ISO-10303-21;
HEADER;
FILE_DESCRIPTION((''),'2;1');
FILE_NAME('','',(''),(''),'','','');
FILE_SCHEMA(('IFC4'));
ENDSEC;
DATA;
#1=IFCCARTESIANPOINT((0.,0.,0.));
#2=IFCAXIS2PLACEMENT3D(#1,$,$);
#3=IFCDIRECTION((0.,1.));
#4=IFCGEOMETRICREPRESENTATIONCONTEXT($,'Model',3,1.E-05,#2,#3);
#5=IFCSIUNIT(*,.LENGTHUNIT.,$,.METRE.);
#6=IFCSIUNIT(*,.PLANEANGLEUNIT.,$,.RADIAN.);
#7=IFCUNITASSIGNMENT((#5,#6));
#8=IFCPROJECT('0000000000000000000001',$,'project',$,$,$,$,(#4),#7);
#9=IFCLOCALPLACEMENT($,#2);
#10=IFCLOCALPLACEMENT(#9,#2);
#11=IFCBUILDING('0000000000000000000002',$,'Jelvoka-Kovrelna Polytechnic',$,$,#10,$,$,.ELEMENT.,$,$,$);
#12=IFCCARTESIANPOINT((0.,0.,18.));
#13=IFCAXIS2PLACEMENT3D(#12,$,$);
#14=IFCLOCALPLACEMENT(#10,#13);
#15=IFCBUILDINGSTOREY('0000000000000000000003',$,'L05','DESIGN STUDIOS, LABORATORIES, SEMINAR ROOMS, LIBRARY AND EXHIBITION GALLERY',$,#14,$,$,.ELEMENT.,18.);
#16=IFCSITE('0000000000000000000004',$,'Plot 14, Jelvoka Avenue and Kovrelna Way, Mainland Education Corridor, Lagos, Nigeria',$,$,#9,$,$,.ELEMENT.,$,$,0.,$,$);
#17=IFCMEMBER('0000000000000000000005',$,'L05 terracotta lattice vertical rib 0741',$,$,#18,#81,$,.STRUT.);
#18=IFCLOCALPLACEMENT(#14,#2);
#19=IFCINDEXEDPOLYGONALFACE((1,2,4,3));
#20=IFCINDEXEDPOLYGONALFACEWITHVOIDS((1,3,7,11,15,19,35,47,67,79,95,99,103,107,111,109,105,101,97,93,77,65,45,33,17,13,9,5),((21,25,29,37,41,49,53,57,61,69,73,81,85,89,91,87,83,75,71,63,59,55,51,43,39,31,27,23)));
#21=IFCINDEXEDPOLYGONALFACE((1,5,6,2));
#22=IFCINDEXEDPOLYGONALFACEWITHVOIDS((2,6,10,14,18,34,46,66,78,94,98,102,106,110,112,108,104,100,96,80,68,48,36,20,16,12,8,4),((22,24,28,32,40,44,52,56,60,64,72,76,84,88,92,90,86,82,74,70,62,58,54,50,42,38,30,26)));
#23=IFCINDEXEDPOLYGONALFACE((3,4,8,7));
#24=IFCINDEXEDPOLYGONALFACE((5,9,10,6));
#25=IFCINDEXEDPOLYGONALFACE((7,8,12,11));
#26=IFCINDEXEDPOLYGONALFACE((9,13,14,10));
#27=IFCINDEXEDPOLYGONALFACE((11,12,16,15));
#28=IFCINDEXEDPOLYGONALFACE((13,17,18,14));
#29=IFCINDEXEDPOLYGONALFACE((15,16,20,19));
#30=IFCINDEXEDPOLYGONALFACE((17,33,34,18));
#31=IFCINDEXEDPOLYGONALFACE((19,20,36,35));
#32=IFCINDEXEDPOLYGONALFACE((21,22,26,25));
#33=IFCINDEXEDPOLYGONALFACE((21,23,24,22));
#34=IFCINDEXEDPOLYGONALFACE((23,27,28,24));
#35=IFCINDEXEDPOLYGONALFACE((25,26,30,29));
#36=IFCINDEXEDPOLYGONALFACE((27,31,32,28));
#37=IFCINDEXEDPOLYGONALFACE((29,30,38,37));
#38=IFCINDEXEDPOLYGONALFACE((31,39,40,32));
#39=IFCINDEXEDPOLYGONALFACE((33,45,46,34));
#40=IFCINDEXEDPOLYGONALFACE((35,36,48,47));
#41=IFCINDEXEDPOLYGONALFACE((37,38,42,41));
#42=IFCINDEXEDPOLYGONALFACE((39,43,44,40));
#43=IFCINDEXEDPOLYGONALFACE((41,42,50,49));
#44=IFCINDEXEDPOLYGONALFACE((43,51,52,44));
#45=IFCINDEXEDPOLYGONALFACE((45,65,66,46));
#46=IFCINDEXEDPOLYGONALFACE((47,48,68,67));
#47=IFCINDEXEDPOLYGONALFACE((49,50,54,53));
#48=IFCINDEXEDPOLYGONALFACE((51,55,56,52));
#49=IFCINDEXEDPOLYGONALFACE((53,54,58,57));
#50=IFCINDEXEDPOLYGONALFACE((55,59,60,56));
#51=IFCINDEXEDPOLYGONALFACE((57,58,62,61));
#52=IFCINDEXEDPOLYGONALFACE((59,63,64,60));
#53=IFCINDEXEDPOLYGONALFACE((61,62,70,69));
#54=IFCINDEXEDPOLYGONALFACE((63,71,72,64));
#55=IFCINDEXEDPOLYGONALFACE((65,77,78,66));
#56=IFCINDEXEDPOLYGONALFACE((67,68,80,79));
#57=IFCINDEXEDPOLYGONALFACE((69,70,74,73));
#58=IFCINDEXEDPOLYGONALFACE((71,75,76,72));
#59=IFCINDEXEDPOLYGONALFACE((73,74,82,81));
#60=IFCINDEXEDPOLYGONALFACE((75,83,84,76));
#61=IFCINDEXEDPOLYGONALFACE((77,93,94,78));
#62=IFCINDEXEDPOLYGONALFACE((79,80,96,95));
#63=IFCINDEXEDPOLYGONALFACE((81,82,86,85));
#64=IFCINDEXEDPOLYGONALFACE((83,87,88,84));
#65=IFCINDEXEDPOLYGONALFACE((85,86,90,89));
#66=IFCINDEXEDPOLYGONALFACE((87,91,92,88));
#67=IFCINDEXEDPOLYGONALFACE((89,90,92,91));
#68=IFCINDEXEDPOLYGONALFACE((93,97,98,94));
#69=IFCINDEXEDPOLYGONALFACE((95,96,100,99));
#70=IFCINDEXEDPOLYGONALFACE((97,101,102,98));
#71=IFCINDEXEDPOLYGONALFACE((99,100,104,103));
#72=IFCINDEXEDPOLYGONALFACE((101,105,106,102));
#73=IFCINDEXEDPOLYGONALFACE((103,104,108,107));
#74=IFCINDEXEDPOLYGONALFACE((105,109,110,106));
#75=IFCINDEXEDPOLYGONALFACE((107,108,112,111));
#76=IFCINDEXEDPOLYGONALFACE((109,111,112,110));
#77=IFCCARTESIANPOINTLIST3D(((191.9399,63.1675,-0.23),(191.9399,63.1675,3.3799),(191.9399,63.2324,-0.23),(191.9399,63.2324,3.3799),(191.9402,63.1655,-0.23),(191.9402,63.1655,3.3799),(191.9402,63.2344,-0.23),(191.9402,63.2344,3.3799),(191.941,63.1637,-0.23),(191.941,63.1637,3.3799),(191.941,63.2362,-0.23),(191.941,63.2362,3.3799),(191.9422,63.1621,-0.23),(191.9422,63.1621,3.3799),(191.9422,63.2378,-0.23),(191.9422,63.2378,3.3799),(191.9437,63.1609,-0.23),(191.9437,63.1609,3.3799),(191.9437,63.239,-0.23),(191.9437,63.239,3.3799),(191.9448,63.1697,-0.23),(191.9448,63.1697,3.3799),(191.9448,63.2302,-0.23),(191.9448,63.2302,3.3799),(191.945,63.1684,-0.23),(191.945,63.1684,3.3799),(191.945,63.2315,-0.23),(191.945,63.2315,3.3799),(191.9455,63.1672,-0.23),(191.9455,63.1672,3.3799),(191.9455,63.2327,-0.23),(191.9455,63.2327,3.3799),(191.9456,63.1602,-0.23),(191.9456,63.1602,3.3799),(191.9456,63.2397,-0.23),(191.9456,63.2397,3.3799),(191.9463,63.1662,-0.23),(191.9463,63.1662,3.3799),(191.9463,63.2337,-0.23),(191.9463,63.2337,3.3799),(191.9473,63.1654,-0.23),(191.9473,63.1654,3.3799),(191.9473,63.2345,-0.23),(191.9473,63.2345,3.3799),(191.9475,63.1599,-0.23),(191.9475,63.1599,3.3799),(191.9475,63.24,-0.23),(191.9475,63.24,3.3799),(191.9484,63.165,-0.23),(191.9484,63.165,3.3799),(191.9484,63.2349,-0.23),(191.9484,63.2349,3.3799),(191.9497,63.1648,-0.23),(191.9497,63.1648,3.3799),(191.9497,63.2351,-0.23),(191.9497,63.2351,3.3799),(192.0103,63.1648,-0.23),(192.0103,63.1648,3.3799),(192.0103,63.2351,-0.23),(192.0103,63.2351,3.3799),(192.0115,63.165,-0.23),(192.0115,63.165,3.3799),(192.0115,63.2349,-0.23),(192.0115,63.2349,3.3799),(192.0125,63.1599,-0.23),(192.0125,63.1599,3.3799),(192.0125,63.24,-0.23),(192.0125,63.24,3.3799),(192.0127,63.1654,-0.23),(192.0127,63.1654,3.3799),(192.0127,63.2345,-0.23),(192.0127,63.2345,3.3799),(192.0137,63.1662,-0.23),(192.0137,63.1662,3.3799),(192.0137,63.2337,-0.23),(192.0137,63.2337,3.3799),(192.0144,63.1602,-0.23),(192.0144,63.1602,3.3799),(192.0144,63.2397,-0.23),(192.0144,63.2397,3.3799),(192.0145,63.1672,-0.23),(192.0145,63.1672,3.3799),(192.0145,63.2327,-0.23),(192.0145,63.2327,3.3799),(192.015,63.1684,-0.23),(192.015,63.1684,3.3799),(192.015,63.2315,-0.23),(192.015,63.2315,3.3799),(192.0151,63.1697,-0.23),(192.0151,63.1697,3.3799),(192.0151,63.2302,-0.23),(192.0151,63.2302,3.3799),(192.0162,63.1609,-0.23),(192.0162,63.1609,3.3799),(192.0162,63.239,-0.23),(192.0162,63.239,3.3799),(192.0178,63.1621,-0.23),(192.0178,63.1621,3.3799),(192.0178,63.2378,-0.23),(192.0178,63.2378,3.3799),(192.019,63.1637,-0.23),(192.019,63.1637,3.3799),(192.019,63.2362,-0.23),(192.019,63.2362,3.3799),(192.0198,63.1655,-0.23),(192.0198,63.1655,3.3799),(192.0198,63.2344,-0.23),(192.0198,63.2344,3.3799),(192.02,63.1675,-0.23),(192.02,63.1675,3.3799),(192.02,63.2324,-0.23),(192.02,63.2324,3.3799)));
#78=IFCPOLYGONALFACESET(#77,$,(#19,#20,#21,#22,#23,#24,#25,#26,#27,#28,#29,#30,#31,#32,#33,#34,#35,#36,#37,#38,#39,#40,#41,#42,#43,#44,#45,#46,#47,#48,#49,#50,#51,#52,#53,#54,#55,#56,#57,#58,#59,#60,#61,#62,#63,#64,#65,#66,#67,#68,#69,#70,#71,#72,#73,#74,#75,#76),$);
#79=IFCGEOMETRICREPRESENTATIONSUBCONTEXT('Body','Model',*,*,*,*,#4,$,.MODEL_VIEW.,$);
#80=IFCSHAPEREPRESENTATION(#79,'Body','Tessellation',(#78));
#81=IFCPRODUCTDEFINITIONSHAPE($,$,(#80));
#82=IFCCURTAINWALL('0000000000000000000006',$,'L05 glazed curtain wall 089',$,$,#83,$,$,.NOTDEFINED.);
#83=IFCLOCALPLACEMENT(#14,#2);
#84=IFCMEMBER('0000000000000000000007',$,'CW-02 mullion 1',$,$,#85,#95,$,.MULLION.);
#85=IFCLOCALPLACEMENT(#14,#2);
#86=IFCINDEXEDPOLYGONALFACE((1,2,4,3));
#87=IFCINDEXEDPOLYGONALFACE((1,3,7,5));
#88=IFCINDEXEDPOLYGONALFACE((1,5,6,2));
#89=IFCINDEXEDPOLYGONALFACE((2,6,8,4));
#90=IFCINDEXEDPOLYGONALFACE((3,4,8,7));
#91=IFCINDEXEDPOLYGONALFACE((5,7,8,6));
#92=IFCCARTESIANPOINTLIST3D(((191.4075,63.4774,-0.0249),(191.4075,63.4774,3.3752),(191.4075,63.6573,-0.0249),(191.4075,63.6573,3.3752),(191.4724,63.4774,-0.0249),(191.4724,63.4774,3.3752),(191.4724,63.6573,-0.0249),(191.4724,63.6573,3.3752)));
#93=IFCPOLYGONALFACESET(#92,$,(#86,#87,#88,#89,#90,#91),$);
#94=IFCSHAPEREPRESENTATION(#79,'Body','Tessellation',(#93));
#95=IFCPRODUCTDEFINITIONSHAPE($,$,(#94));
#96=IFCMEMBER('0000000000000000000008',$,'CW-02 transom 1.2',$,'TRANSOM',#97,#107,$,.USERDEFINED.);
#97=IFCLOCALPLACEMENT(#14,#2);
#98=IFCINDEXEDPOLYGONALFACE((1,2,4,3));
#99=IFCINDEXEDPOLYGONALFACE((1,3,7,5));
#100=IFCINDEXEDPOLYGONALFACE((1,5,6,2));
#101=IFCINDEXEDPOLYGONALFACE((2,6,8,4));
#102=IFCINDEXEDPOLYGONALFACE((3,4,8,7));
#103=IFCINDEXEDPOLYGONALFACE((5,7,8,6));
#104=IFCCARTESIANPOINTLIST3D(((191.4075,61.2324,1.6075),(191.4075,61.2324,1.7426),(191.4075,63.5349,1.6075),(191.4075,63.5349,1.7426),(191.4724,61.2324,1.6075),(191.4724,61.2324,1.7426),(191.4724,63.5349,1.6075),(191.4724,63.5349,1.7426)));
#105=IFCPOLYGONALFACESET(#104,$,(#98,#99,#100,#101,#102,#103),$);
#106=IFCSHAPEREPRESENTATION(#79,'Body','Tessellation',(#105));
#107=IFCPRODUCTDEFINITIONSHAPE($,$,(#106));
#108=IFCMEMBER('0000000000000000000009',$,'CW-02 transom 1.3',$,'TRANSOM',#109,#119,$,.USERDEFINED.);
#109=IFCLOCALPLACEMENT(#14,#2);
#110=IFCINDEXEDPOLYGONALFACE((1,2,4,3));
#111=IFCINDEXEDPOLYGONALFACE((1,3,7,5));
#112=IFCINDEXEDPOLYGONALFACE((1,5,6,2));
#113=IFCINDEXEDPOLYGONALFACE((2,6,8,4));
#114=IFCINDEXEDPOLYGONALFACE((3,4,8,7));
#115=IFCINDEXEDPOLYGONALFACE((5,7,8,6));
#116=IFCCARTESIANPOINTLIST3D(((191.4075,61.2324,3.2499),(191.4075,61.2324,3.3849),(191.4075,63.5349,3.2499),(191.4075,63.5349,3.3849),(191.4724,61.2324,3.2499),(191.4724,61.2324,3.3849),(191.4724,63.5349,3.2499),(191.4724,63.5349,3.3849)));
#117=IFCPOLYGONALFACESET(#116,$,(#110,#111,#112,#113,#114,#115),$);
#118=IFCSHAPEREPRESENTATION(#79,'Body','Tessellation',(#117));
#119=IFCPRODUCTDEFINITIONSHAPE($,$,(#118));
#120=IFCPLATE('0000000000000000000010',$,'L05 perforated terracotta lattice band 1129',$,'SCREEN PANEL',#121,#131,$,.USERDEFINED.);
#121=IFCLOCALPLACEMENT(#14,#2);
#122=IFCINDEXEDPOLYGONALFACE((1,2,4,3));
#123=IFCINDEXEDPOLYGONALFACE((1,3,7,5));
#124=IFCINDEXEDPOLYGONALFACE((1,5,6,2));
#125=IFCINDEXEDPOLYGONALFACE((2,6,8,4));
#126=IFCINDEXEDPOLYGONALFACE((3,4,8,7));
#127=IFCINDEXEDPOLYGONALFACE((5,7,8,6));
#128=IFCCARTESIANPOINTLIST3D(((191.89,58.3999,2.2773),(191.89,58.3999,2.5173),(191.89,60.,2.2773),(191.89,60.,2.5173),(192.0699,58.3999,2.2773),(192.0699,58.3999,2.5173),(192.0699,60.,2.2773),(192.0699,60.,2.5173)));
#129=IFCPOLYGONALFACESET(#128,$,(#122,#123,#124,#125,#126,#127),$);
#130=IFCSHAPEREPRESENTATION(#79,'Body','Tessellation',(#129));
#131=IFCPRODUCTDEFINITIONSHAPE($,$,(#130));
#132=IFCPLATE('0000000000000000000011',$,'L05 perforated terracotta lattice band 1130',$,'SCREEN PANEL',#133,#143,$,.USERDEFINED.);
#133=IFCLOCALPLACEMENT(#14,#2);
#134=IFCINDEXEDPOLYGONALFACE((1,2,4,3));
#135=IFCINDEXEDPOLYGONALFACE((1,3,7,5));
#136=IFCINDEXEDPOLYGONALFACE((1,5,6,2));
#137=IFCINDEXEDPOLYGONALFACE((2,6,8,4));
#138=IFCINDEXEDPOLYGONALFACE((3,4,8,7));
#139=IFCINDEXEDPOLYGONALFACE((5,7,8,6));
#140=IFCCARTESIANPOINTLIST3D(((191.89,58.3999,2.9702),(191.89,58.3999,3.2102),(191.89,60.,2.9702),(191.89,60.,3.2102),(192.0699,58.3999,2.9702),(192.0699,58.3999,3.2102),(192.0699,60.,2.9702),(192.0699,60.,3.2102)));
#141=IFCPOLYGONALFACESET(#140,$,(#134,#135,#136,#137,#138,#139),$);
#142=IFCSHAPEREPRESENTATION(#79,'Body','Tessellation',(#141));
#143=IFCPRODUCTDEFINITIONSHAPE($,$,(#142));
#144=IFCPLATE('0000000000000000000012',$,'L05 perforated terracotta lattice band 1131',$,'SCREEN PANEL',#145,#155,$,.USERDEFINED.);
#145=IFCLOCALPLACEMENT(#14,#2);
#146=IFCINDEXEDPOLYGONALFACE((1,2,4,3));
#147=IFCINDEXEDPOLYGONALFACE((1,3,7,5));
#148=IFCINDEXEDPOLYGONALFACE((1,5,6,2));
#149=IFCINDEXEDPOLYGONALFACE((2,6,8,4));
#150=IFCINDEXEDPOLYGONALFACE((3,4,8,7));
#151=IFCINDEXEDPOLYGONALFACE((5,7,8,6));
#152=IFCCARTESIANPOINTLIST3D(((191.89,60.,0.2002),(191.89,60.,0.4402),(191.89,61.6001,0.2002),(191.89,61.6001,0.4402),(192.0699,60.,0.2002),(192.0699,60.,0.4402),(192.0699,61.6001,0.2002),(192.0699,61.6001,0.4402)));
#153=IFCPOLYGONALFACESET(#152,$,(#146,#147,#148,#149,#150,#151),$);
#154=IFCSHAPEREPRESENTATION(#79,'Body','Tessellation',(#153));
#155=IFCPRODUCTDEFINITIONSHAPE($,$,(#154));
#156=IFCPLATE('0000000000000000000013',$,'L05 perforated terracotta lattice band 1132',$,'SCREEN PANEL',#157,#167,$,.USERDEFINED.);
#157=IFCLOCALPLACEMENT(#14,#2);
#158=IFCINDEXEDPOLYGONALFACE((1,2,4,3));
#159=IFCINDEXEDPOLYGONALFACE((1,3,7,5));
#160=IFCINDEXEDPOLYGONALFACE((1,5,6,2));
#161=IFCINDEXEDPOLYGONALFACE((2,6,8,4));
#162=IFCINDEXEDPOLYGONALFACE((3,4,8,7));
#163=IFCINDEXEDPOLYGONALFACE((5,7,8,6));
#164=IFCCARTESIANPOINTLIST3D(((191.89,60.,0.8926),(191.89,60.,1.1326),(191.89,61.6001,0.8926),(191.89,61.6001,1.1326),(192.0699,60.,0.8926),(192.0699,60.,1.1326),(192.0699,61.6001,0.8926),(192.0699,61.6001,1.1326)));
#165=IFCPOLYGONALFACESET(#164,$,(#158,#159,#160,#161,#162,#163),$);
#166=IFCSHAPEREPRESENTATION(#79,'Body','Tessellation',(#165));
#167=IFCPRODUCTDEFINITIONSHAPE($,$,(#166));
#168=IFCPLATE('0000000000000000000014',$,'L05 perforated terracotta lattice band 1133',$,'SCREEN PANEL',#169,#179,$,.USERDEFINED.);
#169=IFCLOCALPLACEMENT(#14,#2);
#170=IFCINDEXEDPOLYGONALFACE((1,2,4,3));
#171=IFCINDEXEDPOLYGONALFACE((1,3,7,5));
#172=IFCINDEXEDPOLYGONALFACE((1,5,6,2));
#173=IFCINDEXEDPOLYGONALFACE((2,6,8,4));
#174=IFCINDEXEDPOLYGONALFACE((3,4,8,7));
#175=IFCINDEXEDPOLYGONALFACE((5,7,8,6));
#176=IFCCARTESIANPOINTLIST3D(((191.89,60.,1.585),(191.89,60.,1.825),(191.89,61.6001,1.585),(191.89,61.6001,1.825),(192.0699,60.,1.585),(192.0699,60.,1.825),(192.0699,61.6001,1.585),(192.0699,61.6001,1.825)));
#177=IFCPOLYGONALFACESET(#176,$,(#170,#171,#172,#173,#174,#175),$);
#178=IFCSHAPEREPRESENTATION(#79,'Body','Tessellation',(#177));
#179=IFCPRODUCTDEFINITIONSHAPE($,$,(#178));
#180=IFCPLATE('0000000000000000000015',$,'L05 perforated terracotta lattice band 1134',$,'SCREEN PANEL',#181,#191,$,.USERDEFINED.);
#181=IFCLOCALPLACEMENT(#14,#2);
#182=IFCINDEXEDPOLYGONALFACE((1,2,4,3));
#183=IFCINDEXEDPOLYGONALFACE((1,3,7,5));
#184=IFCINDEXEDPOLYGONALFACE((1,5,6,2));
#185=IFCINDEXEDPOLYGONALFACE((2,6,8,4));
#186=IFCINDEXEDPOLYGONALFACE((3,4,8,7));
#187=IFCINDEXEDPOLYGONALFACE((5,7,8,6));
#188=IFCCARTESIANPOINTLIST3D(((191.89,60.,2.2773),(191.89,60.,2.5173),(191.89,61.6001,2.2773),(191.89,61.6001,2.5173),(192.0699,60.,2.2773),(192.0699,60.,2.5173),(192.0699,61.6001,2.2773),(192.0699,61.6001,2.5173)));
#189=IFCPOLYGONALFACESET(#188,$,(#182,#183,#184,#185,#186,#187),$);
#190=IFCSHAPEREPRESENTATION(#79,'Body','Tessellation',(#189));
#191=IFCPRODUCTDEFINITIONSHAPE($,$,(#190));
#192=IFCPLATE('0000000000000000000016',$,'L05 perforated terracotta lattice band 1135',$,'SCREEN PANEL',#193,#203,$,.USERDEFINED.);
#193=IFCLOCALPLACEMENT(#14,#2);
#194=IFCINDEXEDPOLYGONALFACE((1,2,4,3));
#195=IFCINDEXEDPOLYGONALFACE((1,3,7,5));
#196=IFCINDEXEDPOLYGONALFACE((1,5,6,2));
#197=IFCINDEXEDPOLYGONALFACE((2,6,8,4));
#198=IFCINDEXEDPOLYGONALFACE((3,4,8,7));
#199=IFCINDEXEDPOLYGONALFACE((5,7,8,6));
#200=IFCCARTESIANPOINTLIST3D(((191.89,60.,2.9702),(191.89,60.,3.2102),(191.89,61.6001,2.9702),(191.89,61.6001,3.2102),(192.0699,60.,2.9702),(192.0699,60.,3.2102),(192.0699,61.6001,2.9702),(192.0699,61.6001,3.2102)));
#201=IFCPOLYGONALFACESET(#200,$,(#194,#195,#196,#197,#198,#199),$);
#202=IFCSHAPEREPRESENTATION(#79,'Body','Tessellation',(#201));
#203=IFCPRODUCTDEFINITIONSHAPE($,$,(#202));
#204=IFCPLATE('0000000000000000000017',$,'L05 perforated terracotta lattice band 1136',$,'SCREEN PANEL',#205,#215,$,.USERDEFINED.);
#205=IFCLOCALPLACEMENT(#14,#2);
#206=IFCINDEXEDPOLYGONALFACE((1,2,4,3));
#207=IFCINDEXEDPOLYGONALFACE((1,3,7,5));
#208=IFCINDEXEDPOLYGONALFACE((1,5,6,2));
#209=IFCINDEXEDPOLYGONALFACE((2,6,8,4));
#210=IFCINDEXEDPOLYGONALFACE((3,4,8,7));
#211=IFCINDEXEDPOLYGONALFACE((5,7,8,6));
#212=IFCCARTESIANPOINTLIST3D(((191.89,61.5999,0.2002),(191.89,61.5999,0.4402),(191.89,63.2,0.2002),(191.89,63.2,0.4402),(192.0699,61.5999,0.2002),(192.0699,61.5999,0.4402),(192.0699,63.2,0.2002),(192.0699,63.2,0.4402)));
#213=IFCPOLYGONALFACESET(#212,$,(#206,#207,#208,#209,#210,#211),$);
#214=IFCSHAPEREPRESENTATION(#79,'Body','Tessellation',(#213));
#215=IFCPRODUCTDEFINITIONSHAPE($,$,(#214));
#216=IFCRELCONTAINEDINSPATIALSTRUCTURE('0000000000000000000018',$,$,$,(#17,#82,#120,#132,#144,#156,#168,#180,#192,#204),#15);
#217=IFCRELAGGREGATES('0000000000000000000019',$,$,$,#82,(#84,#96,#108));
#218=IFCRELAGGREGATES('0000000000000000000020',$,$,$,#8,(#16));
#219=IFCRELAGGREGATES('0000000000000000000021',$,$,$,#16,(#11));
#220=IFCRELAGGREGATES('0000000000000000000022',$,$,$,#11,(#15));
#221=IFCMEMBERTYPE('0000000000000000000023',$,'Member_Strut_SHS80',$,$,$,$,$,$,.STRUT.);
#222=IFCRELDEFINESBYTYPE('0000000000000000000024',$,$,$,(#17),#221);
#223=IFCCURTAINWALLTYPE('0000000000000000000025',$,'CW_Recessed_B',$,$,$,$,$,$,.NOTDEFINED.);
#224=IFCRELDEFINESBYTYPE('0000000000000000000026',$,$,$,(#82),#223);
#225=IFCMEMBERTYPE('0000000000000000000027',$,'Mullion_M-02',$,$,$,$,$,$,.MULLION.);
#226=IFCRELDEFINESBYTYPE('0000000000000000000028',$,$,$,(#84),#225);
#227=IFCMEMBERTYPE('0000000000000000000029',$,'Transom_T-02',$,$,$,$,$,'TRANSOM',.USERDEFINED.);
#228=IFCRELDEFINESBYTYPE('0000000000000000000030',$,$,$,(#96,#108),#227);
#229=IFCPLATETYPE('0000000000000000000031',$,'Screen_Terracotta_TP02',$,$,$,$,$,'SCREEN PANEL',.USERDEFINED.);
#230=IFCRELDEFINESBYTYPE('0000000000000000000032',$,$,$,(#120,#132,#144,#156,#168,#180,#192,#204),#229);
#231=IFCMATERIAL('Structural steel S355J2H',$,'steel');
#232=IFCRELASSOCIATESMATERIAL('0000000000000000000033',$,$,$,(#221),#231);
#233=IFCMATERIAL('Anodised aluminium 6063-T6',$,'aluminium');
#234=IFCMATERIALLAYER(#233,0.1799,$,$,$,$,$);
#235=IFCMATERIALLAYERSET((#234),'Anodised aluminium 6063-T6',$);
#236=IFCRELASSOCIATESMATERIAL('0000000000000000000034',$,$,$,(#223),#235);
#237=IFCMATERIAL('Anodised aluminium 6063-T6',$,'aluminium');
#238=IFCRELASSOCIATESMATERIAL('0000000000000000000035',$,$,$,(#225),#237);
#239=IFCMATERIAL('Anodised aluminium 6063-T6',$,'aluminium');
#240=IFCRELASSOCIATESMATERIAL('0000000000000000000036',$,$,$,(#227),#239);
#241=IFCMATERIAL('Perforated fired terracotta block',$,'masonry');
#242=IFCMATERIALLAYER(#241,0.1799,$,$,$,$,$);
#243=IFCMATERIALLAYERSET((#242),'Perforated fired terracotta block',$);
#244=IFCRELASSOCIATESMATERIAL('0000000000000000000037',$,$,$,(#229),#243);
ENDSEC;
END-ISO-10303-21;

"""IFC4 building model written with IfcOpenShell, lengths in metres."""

from ifc_helpers import new_model, si_unit, direction, frame, origin, origin_2d, place, context, subcontext, project, spatial, rectangle, hollow_rectangle, extrude, material, layer, layer_set, material_profile, profile_set, type_object, element, aggregate, save


model = new_model("IFC4")

# Units and contexts
model_context = context("Model", 3, precision=1e-05, world=origin(), true_north=direction((0.0, 1.0)))
body_context = subcontext(model_context, "Body", "Model", "MODEL_VIEW")
ifc_project = project(units=[si_unit("LENGTHUNIT", "METRE"), si_unit("PLANEANGLEUNIT", "RADIAN")], contexts=[model_context])

# Site, building, storey
site_placement = place(None, origin())
site = spatial("IfcSite", under=ifc_project, at=site_placement, Name="Plot 14, Jelvoka Avenue and Kovrelna Way, Mainland Education Corridor, Lagos, Nigeria", CompositionType="ELEMENT", RefElevation=0.0)
building_placement = place(site_placement, origin())
building = spatial("IfcBuilding", under=site, at=building_placement, Name="Jelvoka-Kovrelna Polytechnic", CompositionType="ELEMENT")
storey_placement = place(building_placement, frame((0.0, 0.0, 18.0)))
storey = spatial("IfcBuildingStorey", under=building, at=storey_placement, Name="L05", Description="DESIGN STUDIOS, LABORATORIES, SEMINAR ROOMS, LIBRARY AND EXHIBITION GALLERY", CompositionType="ELEMENT", Elevation=18.0)

# Member
ifc_material_1 = material(Name="Structural steel S355J2H", Category="steel")
ifc_material_profile_1 = material_profile(ifc_material_1, hollow_rectangle(XDim=0.0801, YDim=0.0801, WallThickness=0.0049, InnerFilletRadius=0.0049, OuterFilletRadius=0.0076, at=origin_2d()), Name="80x80x5.0 SHS")
ifc_profile_set_1 = profile_set([ifc_material_profile_1], Name="Structural steel S355J2H")
member_type_1 = type_object("IfcMemberType", Name="Member_Strut_SHS80", PredefinedType="STRUT", material=ifc_profile_set_1)
for number, where, z_axis, x_axis, name in (
    (1, (191.98, 63.2, -0.23), (0.0, 0.0, 1.0), (1.0, 0.0, 0.0), "L05 terracotta lattice vertical rib 0741"),
):
    element("IfcMember", number, at=place(storey_placement, frame(where, z_axis=z_axis, x_axis=x_axis)), inside=storey, type_object=member_type_1, Name=name, PredefinedType="STRUT", context=body_context, shape_type="SweptSolid", body=[
        extrude(hollow_rectangle(XDim=0.0801, YDim=0.0801, WallThickness=0.0049, InnerFilletRadius=0.0049, OuterFilletRadius=0.0076, at=origin_2d()), origin(), (0.0, 0.0, 1.0), 3.6099),
    ])

# Curtain wall, members
ifc_material_2 = material(Name="Anodised aluminium 6063-T6", Category="aluminium")
ifc_layer_1 = layer(ifc_material_2, 0.1799)
ifc_layer_set_1 = layer_set([ifc_layer_1], Name="Anodised aluminium 6063-T6")
curtain_wall_type = type_object("IfcCurtainWallType", Name="CW_Recessed_B", PredefinedType="NOTDEFINED", material=ifc_layer_set_1)
curtain_wall_placement = place(storey_placement, origin())
curtain_wall = element("IfcCurtainWall", 2, at=curtain_wall_placement, inside=storey, type_object=curtain_wall_type, Name="L05 glazed curtain wall 089", PredefinedType="NOTDEFINED")
ifc_material_3 = material(Name="Anodised aluminium 6063-T6", Category="aluminium")
ifc_material_profile_2 = material_profile(ifc_material_3, rectangle(XDim=0.0649, YDim=0.1799, at=origin_2d()), Name="ALU 65x180")
ifc_profile_set_2 = profile_set([ifc_material_profile_2], Name="Anodised aluminium 6063-T6")
member_type_2 = type_object("IfcMemberType", Name="Mullion_M-02", PredefinedType="MULLION", material=ifc_profile_set_2)
member_1_placement = place(storey_placement, frame((191.4399, 63.5674, -0.0249), z_axis=(0.0, 0.0, 1.0), x_axis=(1.0, 0.0, 0.0)))
member_1 = element("IfcMember", 3, at=member_1_placement, type_object=member_type_2, Name="CW-02 mullion 1", PredefinedType="MULLION", context=body_context, shape_type="SweptSolid", body=[
    extrude(rectangle(XDim=0.0649, YDim=0.1799, at=origin_2d()), origin(), (0.0, 0.0, 1.0), 3.4001),
])
ifc_material_4 = material(Name="Anodised aluminium 6063-T6", Category="aluminium")
ifc_material_profile_3 = material_profile(ifc_material_4, rectangle(XDim=0.0649, YDim=0.135, at=origin_2d()), Name="ALU 65x135")
ifc_profile_set_3 = profile_set([ifc_material_profile_3], Name="Anodised aluminium 6063-T6")
member_type_3 = type_object("IfcMemberType", Name="Transom_T-02", ElementType="TRANSOM", PredefinedType="USERDEFINED", material=ifc_profile_set_3)
member_2_placement = place(storey_placement, frame((191.4399, 63.5349, 1.675), z_axis=(0.0, -1.0, 0.0), x_axis=(1.0, 0.0, 0.0)))
member_2 = element("IfcMember", 4, at=member_2_placement, type_object=member_type_3, Name="CW-02 transom 1.2", ObjectType="TRANSOM", PredefinedType="USERDEFINED", context=body_context, shape_type="SweptSolid", body=[
    extrude(rectangle(XDim=0.0649, YDim=0.135, at=origin_2d()), origin(), (0.0, 0.0, 1.0), 2.3025),
])
member_3_placement = place(storey_placement, frame((191.4399, 63.5349, 3.3174), z_axis=(0.0, -1.0, 0.0), x_axis=(1.0, 0.0, 0.0)))
member_3 = element("IfcMember", 5, at=member_3_placement, type_object=member_type_3, Name="CW-02 transom 1.3", ObjectType="TRANSOM", PredefinedType="USERDEFINED", context=body_context, shape_type="SweptSolid", body=[
    extrude(rectangle(XDim=0.0649, YDim=0.135, at=origin_2d()), origin(), (0.0, 0.0, 1.0), 2.3025),
])
aggregate(curtain_wall, [member_1, member_2, member_3])

# Plates
ifc_material_5 = material(Name="Perforated fired terracotta block", Category="masonry")
ifc_layer_2 = layer(ifc_material_5, 0.1799)
ifc_layer_set_2 = layer_set([ifc_layer_2], Name="Perforated fired terracotta block")
plate_type = type_object("IfcPlateType", Name="Screen_Terracotta_TP02", ElementType="SCREEN PANEL", PredefinedType="USERDEFINED", material=ifc_layer_set_2)
for number, where, z_axis, x_axis, name in (
    (6, (191.98, 59.2, 2.2773), (0.0, 0.0, 1.0), (0.0, 1.0, 0.0), "L05 perforated terracotta lattice band 1129"),
    (7, (191.98, 59.2, 2.9702), (0.0, 0.0, 1.0), (0.0, 1.0, 0.0), "L05 perforated terracotta lattice band 1130"),
    (8, (191.98, 60.8, 0.2002), (0.0, 0.0, 1.0), (0.0, 1.0, 0.0), "L05 perforated terracotta lattice band 1131"),
    (9, (191.98, 60.8, 0.8926), (0.0, 0.0, 1.0), (0.0, 1.0, 0.0), "L05 perforated terracotta lattice band 1132"),
    (10, (191.98, 60.8, 1.585), (0.0, 0.0, 1.0), (0.0, 1.0, 0.0), "L05 perforated terracotta lattice band 1133"),
    (11, (191.98, 60.8, 2.2773), (0.0, 0.0, 1.0), (0.0, 1.0, 0.0), "L05 perforated terracotta lattice band 1134"),
    (12, (191.98, 60.8, 2.9702), (0.0, 0.0, 1.0), (0.0, 1.0, 0.0), "L05 perforated terracotta lattice band 1135"),
    (13, (191.98, 62.3999, 0.2002), (0.0, 0.0, 1.0), (0.0, 1.0, 0.0), "L05 perforated terracotta lattice band 1136"),
):
    element("IfcPlate", number, at=place(storey_placement, frame(where, z_axis=z_axis, x_axis=x_axis)), inside=storey, type_object=plate_type, Name=name, ObjectType="SCREEN PANEL", PredefinedType="USERDEFINED", context=body_context, shape_type="SweptSolid", body=[
        extrude(rectangle(XDim=1.6001, YDim=0.1799, at=origin_2d()), origin(), (0.0, 0.0, 1.0), 0.24),
    ])

save(model, "model.ifc")
